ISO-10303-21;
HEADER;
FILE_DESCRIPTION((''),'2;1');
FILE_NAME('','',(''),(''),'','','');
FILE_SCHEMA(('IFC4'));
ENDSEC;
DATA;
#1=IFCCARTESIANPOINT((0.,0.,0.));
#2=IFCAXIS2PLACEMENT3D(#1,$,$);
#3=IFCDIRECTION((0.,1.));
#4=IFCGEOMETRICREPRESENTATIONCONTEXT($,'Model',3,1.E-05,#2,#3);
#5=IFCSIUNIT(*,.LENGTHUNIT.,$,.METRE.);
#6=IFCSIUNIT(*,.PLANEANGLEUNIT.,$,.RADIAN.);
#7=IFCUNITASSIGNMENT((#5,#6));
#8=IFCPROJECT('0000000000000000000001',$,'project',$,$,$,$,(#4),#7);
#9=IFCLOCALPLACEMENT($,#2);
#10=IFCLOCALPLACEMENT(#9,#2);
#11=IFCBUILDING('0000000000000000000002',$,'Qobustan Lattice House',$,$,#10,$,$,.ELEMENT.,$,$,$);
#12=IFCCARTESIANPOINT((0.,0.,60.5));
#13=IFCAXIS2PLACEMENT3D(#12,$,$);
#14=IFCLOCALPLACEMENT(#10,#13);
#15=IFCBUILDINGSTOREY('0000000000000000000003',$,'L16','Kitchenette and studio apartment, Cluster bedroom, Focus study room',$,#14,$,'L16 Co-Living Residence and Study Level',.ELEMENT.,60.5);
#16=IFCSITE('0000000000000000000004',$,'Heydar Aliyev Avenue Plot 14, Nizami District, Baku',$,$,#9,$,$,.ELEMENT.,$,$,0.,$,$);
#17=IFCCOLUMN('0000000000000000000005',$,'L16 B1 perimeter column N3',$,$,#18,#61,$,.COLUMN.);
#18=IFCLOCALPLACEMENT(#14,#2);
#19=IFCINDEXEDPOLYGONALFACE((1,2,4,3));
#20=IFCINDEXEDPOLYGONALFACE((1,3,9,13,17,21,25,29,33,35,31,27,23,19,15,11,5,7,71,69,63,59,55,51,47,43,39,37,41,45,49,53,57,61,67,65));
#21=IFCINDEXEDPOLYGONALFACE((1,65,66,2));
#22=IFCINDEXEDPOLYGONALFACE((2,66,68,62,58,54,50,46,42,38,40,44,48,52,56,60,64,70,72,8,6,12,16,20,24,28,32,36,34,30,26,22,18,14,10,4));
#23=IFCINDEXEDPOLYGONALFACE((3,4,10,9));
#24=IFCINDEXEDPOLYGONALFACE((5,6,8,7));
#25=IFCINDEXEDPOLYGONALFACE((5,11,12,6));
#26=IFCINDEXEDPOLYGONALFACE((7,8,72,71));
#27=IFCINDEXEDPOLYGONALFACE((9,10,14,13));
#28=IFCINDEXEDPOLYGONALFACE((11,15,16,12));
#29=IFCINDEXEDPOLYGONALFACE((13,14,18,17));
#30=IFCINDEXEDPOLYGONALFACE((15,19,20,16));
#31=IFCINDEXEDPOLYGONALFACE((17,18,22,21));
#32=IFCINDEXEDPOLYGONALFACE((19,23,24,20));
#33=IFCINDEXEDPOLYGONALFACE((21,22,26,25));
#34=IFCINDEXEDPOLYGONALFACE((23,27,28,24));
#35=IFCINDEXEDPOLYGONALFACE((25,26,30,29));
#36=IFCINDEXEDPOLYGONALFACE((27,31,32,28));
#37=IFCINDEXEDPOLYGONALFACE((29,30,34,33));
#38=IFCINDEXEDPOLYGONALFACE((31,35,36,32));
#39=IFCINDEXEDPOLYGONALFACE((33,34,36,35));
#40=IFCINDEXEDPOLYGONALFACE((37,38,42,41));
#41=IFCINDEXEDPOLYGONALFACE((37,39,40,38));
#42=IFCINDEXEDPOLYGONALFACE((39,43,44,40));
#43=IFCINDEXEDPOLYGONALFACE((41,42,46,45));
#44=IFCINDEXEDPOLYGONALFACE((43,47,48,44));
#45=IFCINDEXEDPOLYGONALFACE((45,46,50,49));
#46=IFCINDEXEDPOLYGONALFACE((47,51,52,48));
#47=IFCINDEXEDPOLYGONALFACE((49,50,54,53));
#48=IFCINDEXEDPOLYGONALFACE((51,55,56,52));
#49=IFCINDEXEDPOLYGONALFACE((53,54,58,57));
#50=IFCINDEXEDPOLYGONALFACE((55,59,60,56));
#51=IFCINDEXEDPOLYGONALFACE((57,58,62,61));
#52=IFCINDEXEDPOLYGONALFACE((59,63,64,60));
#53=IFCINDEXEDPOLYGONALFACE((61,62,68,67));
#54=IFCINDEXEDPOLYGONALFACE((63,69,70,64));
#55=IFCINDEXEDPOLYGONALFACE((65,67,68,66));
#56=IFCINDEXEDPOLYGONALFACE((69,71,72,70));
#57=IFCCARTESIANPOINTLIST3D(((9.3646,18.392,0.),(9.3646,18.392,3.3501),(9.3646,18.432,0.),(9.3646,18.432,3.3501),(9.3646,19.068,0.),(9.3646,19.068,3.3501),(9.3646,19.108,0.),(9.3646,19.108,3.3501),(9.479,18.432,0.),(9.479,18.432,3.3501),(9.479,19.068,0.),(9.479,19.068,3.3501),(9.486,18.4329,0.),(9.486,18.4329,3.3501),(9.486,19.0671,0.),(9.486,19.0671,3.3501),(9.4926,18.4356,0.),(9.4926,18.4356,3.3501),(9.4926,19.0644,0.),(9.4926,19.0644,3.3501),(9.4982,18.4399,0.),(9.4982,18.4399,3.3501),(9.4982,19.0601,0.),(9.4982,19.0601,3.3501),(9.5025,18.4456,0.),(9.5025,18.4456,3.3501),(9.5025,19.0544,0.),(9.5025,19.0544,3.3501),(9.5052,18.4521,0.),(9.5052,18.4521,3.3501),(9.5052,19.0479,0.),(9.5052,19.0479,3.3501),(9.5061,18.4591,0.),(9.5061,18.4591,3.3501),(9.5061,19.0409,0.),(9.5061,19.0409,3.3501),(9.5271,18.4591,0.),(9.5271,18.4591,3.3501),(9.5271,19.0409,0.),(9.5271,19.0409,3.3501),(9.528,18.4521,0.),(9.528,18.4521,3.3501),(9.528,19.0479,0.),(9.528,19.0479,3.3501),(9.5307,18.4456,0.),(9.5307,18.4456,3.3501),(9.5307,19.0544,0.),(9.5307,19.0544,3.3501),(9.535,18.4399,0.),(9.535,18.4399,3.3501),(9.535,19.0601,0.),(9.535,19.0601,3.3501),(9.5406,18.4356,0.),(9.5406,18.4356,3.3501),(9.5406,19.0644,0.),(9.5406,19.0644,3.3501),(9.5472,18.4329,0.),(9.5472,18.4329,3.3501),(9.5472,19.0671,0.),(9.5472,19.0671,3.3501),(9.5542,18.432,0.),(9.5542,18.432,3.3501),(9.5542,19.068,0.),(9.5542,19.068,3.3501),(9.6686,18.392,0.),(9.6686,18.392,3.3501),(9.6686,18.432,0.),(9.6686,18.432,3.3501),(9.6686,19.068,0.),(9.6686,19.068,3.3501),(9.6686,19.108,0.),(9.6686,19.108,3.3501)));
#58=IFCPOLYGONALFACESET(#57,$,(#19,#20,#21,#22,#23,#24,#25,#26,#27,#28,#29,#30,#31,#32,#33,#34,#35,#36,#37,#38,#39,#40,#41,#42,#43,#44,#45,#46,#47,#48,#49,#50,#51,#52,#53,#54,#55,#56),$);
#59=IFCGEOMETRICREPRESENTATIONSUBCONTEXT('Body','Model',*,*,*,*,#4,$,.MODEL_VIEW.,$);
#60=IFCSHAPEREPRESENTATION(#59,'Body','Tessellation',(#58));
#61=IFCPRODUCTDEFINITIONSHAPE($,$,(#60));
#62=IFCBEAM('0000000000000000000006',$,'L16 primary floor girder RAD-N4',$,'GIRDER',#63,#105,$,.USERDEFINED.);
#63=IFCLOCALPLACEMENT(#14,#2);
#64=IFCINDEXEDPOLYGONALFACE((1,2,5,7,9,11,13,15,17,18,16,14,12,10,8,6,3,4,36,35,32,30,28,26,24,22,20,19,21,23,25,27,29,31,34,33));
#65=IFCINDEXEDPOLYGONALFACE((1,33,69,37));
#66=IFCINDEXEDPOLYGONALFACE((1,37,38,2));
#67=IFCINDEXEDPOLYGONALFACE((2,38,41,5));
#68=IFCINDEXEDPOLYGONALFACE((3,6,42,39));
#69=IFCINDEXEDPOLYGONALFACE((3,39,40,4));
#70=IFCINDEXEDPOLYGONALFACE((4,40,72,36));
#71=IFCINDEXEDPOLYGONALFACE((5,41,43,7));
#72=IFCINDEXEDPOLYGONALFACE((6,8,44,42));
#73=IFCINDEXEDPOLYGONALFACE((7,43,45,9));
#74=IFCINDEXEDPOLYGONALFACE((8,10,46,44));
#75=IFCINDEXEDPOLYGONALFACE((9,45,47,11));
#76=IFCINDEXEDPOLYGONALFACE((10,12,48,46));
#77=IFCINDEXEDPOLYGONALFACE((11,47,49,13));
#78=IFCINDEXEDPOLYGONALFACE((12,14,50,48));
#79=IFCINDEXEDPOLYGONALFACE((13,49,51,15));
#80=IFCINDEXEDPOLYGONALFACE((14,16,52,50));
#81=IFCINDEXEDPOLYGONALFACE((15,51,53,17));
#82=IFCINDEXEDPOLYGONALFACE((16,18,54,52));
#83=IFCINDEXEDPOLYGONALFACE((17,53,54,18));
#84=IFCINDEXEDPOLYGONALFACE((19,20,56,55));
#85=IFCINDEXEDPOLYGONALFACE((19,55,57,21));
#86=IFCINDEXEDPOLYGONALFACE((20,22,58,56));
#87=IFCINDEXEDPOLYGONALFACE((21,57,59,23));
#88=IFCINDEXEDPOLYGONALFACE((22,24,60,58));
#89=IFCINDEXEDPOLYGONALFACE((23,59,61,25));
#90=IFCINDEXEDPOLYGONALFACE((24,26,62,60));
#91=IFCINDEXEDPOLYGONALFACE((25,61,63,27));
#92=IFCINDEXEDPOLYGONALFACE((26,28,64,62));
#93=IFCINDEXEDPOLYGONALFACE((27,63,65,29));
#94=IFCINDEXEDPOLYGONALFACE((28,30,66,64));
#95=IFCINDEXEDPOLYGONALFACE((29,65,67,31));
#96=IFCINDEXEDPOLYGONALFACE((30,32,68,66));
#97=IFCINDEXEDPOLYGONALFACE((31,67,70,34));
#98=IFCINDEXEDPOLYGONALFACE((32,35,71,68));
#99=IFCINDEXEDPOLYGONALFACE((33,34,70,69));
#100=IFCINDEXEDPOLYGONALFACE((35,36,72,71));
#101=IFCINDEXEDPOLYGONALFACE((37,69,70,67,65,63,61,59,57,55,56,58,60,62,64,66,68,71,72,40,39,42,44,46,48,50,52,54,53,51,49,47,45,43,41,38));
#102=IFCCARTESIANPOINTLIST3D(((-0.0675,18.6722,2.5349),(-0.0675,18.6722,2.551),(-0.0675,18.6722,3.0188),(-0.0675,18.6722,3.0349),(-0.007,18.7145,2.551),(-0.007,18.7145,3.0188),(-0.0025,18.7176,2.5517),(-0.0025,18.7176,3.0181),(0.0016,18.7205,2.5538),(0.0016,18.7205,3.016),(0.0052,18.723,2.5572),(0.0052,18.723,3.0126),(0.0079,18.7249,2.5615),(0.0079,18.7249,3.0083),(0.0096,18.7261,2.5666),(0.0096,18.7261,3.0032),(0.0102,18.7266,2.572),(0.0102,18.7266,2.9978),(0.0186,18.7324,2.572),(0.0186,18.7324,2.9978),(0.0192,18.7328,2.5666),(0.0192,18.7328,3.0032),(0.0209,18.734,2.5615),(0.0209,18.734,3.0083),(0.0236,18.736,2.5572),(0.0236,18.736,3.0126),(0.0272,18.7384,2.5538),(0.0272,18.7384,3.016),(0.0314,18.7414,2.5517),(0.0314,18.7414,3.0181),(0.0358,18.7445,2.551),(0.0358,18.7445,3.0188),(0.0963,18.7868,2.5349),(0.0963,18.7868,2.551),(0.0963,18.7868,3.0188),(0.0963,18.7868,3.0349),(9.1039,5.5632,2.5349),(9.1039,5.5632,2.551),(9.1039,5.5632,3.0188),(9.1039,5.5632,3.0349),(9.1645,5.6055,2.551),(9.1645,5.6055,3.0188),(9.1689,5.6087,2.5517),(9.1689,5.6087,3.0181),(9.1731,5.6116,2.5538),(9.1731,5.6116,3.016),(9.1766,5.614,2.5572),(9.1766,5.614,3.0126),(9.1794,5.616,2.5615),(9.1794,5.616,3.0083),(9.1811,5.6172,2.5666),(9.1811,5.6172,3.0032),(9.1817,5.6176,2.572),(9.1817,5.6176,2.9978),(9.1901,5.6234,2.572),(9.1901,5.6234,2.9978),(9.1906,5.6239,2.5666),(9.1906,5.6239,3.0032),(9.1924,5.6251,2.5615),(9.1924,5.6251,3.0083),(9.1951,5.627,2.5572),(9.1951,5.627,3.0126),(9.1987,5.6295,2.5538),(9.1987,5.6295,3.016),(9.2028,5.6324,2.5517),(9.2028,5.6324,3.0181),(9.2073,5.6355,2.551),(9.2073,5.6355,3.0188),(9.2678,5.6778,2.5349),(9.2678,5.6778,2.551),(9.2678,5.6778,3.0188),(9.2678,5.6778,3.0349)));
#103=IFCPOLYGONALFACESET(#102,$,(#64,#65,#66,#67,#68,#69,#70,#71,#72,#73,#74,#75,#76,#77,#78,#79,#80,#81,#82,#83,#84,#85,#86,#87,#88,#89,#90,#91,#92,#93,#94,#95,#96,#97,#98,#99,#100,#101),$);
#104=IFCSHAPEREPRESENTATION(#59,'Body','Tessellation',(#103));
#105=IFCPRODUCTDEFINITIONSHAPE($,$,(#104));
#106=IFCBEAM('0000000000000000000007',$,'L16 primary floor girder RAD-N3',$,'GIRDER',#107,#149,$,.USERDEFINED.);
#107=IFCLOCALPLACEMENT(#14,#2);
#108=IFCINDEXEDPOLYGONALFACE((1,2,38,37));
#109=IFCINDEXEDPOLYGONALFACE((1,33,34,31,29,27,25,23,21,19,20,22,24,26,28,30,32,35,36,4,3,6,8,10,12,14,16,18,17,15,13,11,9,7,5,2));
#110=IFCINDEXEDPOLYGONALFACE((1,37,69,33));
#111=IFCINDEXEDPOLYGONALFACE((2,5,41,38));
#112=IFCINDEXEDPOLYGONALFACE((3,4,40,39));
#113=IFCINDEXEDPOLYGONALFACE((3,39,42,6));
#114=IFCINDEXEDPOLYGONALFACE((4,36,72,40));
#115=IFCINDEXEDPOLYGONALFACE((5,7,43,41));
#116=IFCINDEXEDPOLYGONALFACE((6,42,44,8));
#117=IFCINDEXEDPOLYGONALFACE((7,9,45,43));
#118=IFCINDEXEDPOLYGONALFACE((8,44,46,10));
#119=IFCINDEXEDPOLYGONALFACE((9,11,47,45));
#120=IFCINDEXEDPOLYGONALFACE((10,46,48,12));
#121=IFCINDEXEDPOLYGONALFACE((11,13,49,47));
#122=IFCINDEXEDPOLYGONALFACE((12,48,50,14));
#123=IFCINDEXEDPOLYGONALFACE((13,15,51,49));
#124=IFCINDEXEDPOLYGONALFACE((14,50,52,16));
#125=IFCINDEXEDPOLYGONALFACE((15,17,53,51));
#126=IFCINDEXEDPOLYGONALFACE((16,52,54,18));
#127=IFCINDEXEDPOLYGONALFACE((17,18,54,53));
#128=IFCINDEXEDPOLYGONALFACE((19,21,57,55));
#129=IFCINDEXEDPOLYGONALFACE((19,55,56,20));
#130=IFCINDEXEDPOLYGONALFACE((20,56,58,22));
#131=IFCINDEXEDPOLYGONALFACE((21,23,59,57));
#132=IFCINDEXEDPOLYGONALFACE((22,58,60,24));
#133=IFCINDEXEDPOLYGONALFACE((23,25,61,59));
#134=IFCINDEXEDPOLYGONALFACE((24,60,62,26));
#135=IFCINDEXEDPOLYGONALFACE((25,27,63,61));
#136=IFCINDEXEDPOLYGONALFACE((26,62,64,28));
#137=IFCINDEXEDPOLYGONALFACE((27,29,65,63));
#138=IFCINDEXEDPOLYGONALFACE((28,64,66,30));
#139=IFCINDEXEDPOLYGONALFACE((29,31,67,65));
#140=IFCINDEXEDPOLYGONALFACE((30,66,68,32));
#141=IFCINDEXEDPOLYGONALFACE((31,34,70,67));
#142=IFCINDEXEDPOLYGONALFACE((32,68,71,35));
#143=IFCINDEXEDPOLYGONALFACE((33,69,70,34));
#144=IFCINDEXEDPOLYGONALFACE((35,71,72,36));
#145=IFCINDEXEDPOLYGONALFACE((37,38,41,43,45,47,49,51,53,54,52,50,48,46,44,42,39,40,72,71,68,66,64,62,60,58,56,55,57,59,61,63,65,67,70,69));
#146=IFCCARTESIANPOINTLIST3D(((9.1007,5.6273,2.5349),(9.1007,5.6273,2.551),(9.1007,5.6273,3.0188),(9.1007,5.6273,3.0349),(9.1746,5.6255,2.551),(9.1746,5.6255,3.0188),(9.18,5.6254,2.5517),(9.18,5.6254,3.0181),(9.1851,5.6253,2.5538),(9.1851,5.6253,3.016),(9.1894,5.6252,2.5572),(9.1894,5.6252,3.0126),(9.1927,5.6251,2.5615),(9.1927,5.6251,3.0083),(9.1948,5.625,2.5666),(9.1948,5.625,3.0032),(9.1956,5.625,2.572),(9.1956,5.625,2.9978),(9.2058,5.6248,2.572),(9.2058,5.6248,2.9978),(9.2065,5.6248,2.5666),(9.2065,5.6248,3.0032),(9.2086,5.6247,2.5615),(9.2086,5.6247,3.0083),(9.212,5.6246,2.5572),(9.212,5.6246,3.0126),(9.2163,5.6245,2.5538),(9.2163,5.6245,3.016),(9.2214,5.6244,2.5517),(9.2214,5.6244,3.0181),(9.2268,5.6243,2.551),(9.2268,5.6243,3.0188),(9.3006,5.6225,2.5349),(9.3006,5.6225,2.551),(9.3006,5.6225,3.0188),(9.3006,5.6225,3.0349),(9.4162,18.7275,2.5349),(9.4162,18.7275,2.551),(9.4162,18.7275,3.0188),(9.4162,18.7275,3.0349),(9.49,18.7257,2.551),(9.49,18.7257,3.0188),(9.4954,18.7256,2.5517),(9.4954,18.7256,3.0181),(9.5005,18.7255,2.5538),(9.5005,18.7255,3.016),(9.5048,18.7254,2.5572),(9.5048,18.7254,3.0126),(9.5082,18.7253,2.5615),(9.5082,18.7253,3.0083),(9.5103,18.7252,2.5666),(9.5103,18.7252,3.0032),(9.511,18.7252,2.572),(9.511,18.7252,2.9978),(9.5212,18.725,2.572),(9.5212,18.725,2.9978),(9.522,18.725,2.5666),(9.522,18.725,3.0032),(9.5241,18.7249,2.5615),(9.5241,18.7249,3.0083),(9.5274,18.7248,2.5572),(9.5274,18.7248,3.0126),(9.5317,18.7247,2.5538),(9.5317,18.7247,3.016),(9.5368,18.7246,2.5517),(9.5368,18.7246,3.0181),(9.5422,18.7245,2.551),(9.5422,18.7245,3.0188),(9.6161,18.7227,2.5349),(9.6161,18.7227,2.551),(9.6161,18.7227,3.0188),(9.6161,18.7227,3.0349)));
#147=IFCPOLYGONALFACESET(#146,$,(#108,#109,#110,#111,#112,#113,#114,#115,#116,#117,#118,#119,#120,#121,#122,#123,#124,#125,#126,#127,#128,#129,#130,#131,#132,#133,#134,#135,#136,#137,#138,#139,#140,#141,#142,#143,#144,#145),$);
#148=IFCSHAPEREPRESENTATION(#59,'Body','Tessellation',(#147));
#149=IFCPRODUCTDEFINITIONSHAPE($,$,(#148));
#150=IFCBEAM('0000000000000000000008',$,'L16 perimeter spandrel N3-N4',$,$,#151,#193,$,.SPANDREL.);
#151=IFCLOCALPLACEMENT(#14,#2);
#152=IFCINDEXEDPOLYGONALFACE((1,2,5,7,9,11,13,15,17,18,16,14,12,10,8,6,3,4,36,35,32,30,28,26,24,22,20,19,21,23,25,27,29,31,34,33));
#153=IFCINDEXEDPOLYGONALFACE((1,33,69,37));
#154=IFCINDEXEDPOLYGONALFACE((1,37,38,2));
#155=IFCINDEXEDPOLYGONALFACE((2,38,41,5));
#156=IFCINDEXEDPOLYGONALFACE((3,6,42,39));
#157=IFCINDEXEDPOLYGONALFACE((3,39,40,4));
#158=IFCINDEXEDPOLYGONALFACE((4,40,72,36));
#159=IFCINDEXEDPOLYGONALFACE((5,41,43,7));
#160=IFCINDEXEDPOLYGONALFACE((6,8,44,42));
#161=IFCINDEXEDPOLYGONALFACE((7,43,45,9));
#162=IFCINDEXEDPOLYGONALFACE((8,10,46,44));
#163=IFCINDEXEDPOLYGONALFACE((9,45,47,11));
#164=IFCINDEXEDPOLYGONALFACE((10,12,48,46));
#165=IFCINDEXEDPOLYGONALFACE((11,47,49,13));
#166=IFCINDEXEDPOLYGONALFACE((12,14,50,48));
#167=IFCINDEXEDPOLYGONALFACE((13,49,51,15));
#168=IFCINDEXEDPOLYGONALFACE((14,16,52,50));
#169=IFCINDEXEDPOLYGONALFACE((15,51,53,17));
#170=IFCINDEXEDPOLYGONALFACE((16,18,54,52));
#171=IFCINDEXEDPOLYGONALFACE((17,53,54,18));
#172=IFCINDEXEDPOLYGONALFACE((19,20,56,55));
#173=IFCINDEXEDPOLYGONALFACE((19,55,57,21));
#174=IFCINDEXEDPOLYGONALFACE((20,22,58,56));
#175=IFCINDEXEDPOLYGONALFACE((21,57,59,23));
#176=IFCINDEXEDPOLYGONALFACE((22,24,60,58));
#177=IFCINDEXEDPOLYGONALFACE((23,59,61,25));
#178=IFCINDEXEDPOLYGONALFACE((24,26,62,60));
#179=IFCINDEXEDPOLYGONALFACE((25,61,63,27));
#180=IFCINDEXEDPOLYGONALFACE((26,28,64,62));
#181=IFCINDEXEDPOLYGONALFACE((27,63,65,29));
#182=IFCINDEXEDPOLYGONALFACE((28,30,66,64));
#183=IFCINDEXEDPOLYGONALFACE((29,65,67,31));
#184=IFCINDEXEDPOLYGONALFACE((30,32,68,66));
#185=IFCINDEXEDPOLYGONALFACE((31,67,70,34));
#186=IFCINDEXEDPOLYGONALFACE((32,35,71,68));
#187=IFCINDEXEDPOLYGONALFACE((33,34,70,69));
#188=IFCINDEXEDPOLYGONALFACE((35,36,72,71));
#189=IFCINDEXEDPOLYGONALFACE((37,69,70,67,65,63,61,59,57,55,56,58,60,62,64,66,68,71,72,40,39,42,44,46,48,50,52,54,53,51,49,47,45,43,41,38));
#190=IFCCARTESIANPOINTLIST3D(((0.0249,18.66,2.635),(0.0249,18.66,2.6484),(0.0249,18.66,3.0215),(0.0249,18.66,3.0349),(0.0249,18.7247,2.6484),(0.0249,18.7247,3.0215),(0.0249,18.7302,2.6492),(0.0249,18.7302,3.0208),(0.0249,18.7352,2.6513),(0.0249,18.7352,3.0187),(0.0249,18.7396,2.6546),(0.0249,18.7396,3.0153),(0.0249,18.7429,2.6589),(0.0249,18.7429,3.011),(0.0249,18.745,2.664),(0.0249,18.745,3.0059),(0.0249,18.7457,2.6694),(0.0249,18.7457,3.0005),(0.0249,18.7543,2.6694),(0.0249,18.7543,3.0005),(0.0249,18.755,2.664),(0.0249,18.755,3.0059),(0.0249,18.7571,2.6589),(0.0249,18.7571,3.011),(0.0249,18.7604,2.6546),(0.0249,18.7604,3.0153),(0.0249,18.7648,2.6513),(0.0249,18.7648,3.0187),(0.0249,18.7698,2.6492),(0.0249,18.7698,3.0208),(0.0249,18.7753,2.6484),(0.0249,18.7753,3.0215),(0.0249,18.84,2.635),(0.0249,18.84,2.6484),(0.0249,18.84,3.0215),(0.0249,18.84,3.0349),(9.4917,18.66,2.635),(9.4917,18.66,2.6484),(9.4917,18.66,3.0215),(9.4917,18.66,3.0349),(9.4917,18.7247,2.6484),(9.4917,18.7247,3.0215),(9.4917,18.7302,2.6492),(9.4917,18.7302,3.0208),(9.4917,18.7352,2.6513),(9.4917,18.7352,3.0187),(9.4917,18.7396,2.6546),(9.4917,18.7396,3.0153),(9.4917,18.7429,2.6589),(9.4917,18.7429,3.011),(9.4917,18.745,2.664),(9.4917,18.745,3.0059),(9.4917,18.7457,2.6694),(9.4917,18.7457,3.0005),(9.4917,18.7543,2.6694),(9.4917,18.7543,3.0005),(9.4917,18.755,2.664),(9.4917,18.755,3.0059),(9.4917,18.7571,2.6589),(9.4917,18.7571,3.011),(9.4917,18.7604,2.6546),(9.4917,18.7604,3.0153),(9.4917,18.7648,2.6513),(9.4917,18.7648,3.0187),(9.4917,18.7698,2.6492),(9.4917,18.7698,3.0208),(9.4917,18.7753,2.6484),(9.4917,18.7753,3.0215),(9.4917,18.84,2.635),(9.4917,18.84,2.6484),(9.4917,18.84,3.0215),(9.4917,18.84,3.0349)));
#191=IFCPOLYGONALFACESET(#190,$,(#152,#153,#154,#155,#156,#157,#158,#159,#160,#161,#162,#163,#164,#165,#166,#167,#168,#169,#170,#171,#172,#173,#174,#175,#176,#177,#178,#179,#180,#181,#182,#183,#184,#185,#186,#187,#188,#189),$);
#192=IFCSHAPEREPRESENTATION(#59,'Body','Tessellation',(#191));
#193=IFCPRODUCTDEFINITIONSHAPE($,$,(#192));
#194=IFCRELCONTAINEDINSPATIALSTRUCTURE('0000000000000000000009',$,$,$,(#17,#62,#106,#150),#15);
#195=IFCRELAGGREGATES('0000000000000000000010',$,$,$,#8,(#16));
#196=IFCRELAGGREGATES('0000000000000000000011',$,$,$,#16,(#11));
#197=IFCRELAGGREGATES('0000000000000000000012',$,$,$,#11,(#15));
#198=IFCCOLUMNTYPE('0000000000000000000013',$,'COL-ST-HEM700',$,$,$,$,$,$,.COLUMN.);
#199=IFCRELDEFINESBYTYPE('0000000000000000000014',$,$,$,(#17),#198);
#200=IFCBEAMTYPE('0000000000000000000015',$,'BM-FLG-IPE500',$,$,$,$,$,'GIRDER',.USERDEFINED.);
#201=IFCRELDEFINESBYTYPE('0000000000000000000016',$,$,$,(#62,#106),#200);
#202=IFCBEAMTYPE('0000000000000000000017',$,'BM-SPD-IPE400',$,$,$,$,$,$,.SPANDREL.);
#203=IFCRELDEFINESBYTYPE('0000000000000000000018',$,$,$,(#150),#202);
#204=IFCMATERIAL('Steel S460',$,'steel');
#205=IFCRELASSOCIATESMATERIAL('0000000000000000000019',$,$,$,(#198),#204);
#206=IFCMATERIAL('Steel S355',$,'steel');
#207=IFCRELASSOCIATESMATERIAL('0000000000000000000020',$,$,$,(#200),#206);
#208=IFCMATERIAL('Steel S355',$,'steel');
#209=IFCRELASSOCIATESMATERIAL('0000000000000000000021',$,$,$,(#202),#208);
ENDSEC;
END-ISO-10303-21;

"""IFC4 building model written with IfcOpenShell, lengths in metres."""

from ifc_helpers import new_model, si_unit, direction, frame, origin, origin_2d, place, context, subcontext, project, spatial, i_section, extrude, material, material_profile, profile_set, type_object, element, save


model = new_model("IFC4")

# Units and contexts
model_context = context("Model", 3, precision=1e-05, world=origin(), true_north=direction((0.0, 1.0)))
body_context = subcontext(model_context, "Body", "Model", "MODEL_VIEW")
ifc_project = project(units=[si_unit("LENGTHUNIT", "METRE"), si_unit("PLANEANGLEUNIT", "RADIAN")], contexts=[model_context])

# Site, building, storey
site_placement = place(None, origin())
site = spatial("IfcSite", under=ifc_project, at=site_placement, Name="Heydar Aliyev Avenue Plot 14, Nizami District, Baku", CompositionType="ELEMENT", RefElevation=0.0)
building_placement = place(site_placement, origin())
building = spatial("IfcBuilding", under=site, at=building_placement, Name="Qobustan Lattice House", CompositionType="ELEMENT")
storey_placement = place(building_placement, frame((0.0, 0.0, 60.5)))
storey = spatial("IfcBuildingStorey", under=building, at=storey_placement, Name="L16", Description="Kitchenette and studio apartment, Cluster bedroom, Focus study room", LongName="L16 Co-Living Residence and Study Level", CompositionType="ELEMENT", Elevation=60.5)

# Column
ifc_material_1 = material(Name="Steel S460", Category="steel")
ifc_material_profile_1 = material_profile(ifc_material_1, i_section(OverallWidth=0.304, OverallDepth=0.7161, WebThickness=0.021, FlangeThickness=0.04, FilletRadius=0.0271, at=origin_2d()), Name="HEM700")
ifc_profile_set_1 = profile_set([ifc_material_profile_1], Name="Steel S460")
column_type = type_object("IfcColumnType", Name="COL-ST-HEM700", PredefinedType="COLUMN", material=ifc_profile_set_1)
column_placement = place(storey_placement, frame((9.5166, 18.75, 0.0), z_axis=(0.0, 0.0, 1.0), x_axis=(1.0, 0.0, 0.0)))
element("IfcColumn", 1, at=column_placement, inside=storey, type_object=column_type, Name="L16 B1 perimeter column N3", PredefinedType="COLUMN", context=body_context, shape_type="SweptSolid", body=[
    extrude(i_section(OverallWidth=0.304, OverallDepth=0.7161, WebThickness=0.021, FlangeThickness=0.04, FilletRadius=0.0271, at=origin_2d()), origin(), (0.0, 0.0, 1.0), 3.3501),
])

# Beams
ifc_material_2 = material(Name="Steel S355", Category="steel")
ifc_material_profile_2 = material_profile(ifc_material_2, i_section(OverallWidth=0.2, OverallDepth=0.5, WebThickness=0.0103, FlangeThickness=0.0161, FilletRadius=0.021, at=origin_2d()), Name="IPE500")
ifc_profile_set_2 = profile_set([ifc_material_profile_2], Name="Steel S355")
beam_type_1 = type_object("IfcBeamType", Name="BM-FLG-IPE500", ElementType="GIRDER", PredefinedType="USERDEFINED", material=ifc_profile_set_2)
beam_1_placement = place(storey_placement, frame((0.0144, 18.7295, 2.7849), z_axis=(0.57326, -0.819374, 0.0), x_axis=(0.819374, 0.57326, 0.0)))
element("IfcBeam", 2, at=beam_1_placement, inside=storey, type_object=beam_type_1, Name="L16 primary floor girder RAD-N4", ObjectType="GIRDER", PredefinedType="USERDEFINED", context=body_context, shape_type="SweptSolid", body=[
    extrude(i_section(OverallWidth=0.2, OverallDepth=0.5, WebThickness=0.0103, FlangeThickness=0.0161, FilletRadius=0.021, at=origin_2d()), origin(), (0.0, 0.0, 1.0), 15.9988),
])
beam_2_placement = place(storey_placement, frame((9.5161, 18.7251, 2.7849), z_axis=(-0.024071, -0.99971, 0.0), x_axis=(0.99971, -0.024071, 0.0)))
element("IfcBeam", 3, at=beam_2_placement, inside=storey, type_object=beam_type_1, Name="L16 primary floor girder RAD-N3", ObjectType="GIRDER", PredefinedType="USERDEFINED", context=body_context, shape_type="SweptSolid", body=[
    extrude(i_section(OverallWidth=0.2, OverallDepth=0.5, WebThickness=0.0103, FlangeThickness=0.0161, FilletRadius=0.021, at=origin_2d()), origin(), (0.0, 0.0, 1.0), 13.104),
])
ifc_material_3 = material(Name="Steel S355", Category="steel")
ifc_material_profile_3 = material_profile(ifc_material_3, i_section(OverallWidth=0.1799, OverallDepth=0.3999, WebThickness=0.0085, FlangeThickness=0.0134, FilletRadius=0.021, at=origin_2d()), Name="IPE400")
ifc_profile_set_3 = profile_set([ifc_material_profile_3], Name="Steel S355")
beam_type_2 = type_object("IfcBeamType", Name="BM-SPD-IPE400", PredefinedType="SPANDREL", material=ifc_profile_set_3)
beam_3_placement = place(storey_placement, frame((9.4917, 18.75, 2.835), z_axis=(-1.0, 0.0, 0.0), x_axis=(0.0, -1.0, 0.0)))
element("IfcBeam", 4, at=beam_3_placement, inside=storey, type_object=beam_type_2, Name="L16 perimeter spandrel N3-N4", PredefinedType="SPANDREL", context=body_context, shape_type="SweptSolid", body=[
    extrude(i_section(OverallWidth=0.1799, OverallDepth=0.3999, WebThickness=0.0085, FlangeThickness=0.0134, FilletRadius=0.021, at=origin_2d()), origin(), (0.0, 0.0, 1.0), 9.4668),
])

save(model, "model.ifc")
